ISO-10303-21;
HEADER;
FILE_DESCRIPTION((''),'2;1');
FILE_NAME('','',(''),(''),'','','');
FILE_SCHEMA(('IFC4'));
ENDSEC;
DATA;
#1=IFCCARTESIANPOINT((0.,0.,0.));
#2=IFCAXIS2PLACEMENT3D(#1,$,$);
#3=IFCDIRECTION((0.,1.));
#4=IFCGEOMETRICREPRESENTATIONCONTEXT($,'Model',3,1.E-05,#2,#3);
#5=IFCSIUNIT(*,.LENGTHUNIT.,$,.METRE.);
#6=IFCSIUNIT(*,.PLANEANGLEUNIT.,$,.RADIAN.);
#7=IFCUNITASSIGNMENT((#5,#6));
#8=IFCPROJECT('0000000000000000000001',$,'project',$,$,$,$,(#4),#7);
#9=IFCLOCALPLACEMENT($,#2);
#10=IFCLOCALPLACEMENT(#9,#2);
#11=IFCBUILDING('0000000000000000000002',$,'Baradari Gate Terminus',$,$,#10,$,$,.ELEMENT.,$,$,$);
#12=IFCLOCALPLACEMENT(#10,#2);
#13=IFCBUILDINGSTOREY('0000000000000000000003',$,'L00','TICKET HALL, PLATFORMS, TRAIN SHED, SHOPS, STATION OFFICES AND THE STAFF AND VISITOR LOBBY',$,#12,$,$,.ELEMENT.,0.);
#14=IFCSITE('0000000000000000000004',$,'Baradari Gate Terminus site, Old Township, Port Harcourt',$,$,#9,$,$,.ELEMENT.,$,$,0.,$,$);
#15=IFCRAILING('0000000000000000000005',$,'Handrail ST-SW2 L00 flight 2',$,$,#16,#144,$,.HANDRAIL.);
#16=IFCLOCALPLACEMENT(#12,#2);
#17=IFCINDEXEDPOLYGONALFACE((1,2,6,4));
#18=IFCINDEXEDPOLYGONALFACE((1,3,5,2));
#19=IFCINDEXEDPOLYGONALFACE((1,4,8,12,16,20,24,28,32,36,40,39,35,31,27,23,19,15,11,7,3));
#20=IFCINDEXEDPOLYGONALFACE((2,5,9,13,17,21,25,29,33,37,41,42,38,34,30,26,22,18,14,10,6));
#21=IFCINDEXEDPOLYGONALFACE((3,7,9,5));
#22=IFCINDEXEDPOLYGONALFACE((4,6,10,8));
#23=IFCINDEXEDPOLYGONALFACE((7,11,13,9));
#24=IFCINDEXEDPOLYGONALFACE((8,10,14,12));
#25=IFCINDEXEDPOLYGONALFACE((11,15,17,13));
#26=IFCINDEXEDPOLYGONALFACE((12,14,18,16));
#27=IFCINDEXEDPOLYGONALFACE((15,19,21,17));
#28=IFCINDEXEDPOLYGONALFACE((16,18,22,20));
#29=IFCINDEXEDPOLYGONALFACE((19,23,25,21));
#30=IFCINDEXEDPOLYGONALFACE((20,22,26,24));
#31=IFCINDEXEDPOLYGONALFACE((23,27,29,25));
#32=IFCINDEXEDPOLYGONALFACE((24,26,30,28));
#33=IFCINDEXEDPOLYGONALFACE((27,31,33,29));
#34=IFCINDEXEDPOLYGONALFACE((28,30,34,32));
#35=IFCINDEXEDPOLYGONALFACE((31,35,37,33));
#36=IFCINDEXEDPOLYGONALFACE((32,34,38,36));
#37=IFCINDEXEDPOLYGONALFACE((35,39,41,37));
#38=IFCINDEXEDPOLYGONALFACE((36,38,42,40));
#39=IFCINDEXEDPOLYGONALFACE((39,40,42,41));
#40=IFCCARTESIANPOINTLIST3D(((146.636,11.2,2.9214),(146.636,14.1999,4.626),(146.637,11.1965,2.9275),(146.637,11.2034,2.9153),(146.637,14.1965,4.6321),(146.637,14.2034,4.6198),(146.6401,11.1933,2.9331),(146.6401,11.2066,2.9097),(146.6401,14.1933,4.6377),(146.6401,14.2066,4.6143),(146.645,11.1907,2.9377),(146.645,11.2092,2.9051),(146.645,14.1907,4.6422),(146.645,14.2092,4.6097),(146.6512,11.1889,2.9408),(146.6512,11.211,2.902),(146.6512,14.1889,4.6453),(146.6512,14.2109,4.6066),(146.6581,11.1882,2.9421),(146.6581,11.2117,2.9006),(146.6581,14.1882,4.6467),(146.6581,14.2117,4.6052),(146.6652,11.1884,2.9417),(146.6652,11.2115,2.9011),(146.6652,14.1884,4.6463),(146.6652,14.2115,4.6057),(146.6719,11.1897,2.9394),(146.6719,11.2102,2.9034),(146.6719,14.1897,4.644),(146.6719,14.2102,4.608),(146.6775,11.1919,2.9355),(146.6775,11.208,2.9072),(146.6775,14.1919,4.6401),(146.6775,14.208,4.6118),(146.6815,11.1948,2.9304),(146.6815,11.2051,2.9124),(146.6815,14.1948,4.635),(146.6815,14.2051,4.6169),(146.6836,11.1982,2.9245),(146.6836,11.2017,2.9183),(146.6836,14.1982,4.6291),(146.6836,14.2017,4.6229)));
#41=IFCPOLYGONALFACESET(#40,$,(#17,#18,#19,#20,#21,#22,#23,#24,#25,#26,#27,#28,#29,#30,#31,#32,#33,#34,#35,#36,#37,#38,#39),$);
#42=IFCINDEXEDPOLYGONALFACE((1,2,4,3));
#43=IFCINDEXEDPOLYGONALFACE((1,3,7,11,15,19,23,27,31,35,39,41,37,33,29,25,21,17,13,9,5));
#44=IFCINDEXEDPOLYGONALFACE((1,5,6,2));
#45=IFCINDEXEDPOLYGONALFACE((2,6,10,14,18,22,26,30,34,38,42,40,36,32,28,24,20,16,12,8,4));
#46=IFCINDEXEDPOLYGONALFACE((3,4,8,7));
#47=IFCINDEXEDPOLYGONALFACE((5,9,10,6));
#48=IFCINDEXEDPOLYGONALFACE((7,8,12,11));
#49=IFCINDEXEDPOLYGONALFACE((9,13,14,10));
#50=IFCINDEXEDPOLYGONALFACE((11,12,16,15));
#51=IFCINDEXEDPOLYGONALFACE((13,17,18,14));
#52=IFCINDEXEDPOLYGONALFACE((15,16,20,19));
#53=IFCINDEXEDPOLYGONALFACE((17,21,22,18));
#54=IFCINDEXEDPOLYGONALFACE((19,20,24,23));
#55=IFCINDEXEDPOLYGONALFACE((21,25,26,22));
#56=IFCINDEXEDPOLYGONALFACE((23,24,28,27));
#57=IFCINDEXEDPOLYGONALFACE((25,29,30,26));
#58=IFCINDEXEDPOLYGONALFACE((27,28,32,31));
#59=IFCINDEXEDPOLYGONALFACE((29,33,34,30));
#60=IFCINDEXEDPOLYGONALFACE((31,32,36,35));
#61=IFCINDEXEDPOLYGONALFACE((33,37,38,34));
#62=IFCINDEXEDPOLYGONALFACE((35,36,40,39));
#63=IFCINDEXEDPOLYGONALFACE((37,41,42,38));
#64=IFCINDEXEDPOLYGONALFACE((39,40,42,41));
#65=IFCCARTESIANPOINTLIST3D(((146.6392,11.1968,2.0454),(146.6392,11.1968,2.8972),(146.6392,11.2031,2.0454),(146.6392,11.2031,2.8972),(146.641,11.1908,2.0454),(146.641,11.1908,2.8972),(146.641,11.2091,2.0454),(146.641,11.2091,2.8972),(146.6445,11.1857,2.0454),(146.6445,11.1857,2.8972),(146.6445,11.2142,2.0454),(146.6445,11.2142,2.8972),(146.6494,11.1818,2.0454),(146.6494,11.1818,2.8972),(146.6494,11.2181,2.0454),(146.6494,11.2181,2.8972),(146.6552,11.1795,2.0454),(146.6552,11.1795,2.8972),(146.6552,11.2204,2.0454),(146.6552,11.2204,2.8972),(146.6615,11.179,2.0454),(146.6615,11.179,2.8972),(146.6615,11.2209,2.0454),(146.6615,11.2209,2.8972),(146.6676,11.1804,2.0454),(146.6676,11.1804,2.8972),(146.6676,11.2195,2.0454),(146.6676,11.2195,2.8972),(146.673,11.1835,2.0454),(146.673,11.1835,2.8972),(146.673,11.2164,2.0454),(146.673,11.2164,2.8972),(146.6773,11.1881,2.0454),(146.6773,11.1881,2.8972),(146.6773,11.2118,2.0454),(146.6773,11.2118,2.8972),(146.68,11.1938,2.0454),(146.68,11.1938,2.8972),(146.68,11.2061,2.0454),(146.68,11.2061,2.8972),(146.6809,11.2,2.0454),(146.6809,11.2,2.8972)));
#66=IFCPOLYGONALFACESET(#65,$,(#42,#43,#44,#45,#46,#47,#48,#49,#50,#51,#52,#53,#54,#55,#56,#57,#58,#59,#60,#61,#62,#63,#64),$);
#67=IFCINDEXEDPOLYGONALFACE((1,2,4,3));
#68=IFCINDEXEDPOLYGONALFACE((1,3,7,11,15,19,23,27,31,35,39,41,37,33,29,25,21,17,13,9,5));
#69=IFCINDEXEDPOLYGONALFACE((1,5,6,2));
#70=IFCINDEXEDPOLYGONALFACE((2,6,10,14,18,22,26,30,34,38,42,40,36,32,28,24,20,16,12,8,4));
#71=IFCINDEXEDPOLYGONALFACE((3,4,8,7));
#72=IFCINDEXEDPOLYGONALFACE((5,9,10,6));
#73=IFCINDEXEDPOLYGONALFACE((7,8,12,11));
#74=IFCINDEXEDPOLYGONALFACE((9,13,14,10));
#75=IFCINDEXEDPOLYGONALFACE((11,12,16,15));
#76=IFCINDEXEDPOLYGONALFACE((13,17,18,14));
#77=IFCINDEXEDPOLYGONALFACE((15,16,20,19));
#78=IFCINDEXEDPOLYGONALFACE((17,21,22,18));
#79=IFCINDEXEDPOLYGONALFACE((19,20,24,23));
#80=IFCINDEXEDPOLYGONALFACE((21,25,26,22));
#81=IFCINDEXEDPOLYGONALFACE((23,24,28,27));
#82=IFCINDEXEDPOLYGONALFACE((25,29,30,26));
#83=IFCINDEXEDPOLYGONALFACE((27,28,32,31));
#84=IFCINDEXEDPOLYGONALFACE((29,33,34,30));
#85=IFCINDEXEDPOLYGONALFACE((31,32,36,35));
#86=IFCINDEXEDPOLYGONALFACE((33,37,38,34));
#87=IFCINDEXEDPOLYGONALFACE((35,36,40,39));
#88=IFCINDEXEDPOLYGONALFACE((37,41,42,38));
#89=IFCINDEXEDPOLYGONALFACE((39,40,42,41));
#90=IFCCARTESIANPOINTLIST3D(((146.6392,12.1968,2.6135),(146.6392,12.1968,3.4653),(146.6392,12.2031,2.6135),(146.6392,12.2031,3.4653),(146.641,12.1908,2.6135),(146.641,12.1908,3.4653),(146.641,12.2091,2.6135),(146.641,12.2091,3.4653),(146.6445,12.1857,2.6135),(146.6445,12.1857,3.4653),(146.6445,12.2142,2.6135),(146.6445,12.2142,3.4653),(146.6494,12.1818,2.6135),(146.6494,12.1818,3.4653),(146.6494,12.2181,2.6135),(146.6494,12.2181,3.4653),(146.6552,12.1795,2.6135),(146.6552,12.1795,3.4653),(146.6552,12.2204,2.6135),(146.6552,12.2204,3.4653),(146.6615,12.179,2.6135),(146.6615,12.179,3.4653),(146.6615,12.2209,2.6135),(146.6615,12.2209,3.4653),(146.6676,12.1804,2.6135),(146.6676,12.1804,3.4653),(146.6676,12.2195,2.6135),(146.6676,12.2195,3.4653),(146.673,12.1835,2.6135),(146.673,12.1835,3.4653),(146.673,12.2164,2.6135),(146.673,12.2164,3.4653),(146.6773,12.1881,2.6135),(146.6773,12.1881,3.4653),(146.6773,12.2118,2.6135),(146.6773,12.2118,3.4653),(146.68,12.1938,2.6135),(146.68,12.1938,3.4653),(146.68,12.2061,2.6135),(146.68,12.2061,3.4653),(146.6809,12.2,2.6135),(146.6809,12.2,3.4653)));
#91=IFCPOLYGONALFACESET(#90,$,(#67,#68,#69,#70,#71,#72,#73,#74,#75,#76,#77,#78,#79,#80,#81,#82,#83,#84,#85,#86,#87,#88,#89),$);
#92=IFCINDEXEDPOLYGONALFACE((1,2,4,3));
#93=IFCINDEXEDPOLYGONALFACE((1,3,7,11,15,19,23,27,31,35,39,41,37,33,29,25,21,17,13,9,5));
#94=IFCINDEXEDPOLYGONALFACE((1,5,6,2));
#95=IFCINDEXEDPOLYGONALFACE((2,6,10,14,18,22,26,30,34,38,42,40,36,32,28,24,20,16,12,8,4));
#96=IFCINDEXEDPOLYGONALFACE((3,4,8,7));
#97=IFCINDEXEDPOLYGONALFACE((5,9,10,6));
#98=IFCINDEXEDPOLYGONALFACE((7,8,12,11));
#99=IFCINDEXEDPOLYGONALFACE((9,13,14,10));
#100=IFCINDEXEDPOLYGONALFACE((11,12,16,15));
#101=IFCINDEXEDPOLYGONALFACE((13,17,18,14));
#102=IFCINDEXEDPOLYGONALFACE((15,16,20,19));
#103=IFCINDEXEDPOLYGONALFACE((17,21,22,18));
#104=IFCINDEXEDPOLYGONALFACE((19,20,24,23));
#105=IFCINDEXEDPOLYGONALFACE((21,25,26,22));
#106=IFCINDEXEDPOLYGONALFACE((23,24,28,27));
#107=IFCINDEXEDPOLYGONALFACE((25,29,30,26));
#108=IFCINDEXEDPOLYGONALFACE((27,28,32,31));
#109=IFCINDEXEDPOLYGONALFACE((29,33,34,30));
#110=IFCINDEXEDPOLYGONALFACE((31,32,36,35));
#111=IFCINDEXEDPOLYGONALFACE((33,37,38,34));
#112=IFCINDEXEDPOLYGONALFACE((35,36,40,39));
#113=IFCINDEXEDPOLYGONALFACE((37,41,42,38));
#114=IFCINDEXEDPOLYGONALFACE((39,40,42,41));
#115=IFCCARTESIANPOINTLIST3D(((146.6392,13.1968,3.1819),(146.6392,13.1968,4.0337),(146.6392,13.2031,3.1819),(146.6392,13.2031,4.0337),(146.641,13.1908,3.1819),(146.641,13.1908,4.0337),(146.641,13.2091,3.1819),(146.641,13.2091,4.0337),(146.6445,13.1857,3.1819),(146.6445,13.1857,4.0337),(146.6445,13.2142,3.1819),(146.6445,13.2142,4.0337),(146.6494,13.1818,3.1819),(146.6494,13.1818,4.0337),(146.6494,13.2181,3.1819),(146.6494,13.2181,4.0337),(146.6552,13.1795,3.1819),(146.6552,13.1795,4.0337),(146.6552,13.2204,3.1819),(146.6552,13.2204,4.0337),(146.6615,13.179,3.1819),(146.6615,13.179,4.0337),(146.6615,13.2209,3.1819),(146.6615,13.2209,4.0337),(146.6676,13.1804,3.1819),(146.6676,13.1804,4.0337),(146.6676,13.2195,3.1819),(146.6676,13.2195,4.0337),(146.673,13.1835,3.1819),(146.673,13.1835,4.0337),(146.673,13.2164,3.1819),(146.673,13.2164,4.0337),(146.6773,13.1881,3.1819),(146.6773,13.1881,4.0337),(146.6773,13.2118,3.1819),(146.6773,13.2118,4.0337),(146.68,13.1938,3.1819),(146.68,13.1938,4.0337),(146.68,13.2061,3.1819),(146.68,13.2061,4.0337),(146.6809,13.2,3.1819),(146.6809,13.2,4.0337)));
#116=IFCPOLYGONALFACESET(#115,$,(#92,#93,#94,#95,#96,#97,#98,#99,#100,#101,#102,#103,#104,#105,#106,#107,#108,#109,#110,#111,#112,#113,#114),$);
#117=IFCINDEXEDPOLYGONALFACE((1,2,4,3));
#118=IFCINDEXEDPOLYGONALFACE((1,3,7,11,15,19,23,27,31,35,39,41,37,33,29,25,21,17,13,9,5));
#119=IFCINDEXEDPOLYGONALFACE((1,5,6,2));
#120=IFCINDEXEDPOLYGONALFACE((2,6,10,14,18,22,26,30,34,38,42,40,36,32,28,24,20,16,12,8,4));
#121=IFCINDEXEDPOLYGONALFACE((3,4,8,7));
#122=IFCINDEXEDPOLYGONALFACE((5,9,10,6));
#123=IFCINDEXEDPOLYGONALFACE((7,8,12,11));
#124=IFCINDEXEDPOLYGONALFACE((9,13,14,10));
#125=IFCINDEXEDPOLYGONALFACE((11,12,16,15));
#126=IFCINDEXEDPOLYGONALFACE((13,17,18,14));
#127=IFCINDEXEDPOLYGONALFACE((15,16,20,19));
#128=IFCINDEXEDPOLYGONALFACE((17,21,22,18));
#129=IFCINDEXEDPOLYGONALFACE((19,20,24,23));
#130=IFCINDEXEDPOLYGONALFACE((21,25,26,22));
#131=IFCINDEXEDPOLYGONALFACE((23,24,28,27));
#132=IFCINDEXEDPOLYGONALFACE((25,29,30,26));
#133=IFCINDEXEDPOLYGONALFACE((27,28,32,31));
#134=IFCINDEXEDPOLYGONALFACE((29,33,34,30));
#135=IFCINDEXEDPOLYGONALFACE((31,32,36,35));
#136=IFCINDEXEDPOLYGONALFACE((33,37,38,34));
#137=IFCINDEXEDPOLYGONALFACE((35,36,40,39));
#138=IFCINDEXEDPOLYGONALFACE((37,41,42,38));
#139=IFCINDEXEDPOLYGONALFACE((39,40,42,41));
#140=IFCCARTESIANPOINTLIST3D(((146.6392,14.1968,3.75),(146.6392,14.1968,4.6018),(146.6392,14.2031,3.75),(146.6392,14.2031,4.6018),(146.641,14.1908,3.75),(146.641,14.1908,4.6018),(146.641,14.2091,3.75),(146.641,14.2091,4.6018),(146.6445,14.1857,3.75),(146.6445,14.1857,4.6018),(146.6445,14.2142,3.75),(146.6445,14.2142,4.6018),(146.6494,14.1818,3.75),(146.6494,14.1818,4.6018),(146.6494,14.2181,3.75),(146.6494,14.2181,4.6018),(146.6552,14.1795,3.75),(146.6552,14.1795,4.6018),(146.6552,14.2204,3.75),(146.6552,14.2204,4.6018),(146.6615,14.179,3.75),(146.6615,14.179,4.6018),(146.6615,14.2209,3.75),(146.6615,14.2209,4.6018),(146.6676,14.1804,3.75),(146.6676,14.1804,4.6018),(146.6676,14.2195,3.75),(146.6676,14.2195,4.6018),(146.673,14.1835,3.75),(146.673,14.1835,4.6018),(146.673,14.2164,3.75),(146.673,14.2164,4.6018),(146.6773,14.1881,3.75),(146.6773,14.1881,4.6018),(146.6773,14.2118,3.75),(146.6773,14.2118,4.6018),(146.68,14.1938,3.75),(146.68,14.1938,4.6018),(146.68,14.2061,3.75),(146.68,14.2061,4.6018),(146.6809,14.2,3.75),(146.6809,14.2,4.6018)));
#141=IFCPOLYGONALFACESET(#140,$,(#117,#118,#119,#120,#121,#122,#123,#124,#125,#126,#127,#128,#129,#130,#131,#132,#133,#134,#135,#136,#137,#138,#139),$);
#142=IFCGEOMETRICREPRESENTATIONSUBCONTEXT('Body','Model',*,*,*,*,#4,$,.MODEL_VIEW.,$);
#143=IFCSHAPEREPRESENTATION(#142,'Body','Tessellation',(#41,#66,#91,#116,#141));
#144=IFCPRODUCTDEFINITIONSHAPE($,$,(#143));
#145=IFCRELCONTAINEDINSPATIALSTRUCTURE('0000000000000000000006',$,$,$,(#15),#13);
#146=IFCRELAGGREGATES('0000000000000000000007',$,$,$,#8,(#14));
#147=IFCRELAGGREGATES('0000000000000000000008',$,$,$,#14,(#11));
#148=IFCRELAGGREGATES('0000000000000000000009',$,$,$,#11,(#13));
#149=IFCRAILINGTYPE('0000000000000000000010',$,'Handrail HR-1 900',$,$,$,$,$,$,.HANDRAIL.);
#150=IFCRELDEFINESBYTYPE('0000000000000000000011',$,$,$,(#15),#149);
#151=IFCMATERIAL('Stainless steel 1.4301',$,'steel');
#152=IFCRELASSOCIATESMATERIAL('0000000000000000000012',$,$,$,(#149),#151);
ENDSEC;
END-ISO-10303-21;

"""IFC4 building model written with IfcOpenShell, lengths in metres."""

from ifc_helpers import new_model, si_unit, direction, frame, origin, origin_2d, place, context, subcontext, project, spatial, circle, extrude, material, type_object, element, save


model = new_model("IFC4")

# Units and contexts
model_context = context("Model", 3, precision=1e-05, world=origin(), true_north=direction((0.0, 1.0)))
body_context = subcontext(model_context, "Body", "Model", "MODEL_VIEW")
ifc_project = project(units=[si_unit("LENGTHUNIT", "METRE"), si_unit("PLANEANGLEUNIT", "RADIAN")], contexts=[model_context])

# Site, building, storey
site_placement = place(None, origin())
site = spatial("IfcSite", under=ifc_project, at=site_placement, Name="Baradari Gate Terminus site, Old Township, Port Harcourt", CompositionType="ELEMENT", RefElevation=0.0)
building_placement = place(site_placement, origin())
building = spatial("IfcBuilding", under=site, at=building_placement, Name="Baradari Gate Terminus", CompositionType="ELEMENT")
storey_placement = place(building_placement, origin())
storey = spatial("IfcBuildingStorey", under=building, at=storey_placement, Name="L00", Description="TICKET HALL, PLATFORMS, TRAIN SHED, SHOPS, STATION OFFICES AND THE STAFF AND VISITOR LOBBY", CompositionType="ELEMENT", Elevation=0.0)

# Railing
ifc_material_1 = material(Name="Stainless steel 1.4301", Category="steel")
railing_type_1 = type_object("IfcRailingType", Name="Handrail HR-1 900", PredefinedType="HANDRAIL", material=ifc_material_1)
for number, where, name in (
    (1, (146.6599, 11.2, 2.0454), "Handrail ST-SW2 L00 flight 2"),
):
    element("IfcRailing", number, at=place(storey_placement, frame(where)), inside=storey, type_object=railing_type_1, Name=name, PredefinedType="HANDRAIL", context=body_context, shape_type="SweptSolid", body=[
        extrude(circle(Radius=0.0239, at=origin_2d()), frame((0.0, 0.0, 0.876), z_axis=(0.0, 0.869451, 0.494019), x_axis=(-1.0, 0.0, 0.0)), (0.0, 0.0, 1.0), 3.4504),
        extrude(circle(Radius=0.021, at=origin_2d()), origin(), (0.0, 0.0, 1.0), 0.8518),
        extrude(circle(Radius=0.021, at=origin_2d()), frame((0.0, 1.0, 0.5681)), (0.0, 0.0, 1.0), 0.8518),
        extrude(circle(Radius=0.021, at=origin_2d()), frame((0.0, 2.0, 1.1365)), (0.0, 0.0, 1.0), 0.8518),
        extrude(circle(Radius=0.021, at=origin_2d()), frame((0.0, 3.0, 1.7046)), (0.0, 0.0, 1.0), 0.8518),
    ])

save(model, "model.ifc")
